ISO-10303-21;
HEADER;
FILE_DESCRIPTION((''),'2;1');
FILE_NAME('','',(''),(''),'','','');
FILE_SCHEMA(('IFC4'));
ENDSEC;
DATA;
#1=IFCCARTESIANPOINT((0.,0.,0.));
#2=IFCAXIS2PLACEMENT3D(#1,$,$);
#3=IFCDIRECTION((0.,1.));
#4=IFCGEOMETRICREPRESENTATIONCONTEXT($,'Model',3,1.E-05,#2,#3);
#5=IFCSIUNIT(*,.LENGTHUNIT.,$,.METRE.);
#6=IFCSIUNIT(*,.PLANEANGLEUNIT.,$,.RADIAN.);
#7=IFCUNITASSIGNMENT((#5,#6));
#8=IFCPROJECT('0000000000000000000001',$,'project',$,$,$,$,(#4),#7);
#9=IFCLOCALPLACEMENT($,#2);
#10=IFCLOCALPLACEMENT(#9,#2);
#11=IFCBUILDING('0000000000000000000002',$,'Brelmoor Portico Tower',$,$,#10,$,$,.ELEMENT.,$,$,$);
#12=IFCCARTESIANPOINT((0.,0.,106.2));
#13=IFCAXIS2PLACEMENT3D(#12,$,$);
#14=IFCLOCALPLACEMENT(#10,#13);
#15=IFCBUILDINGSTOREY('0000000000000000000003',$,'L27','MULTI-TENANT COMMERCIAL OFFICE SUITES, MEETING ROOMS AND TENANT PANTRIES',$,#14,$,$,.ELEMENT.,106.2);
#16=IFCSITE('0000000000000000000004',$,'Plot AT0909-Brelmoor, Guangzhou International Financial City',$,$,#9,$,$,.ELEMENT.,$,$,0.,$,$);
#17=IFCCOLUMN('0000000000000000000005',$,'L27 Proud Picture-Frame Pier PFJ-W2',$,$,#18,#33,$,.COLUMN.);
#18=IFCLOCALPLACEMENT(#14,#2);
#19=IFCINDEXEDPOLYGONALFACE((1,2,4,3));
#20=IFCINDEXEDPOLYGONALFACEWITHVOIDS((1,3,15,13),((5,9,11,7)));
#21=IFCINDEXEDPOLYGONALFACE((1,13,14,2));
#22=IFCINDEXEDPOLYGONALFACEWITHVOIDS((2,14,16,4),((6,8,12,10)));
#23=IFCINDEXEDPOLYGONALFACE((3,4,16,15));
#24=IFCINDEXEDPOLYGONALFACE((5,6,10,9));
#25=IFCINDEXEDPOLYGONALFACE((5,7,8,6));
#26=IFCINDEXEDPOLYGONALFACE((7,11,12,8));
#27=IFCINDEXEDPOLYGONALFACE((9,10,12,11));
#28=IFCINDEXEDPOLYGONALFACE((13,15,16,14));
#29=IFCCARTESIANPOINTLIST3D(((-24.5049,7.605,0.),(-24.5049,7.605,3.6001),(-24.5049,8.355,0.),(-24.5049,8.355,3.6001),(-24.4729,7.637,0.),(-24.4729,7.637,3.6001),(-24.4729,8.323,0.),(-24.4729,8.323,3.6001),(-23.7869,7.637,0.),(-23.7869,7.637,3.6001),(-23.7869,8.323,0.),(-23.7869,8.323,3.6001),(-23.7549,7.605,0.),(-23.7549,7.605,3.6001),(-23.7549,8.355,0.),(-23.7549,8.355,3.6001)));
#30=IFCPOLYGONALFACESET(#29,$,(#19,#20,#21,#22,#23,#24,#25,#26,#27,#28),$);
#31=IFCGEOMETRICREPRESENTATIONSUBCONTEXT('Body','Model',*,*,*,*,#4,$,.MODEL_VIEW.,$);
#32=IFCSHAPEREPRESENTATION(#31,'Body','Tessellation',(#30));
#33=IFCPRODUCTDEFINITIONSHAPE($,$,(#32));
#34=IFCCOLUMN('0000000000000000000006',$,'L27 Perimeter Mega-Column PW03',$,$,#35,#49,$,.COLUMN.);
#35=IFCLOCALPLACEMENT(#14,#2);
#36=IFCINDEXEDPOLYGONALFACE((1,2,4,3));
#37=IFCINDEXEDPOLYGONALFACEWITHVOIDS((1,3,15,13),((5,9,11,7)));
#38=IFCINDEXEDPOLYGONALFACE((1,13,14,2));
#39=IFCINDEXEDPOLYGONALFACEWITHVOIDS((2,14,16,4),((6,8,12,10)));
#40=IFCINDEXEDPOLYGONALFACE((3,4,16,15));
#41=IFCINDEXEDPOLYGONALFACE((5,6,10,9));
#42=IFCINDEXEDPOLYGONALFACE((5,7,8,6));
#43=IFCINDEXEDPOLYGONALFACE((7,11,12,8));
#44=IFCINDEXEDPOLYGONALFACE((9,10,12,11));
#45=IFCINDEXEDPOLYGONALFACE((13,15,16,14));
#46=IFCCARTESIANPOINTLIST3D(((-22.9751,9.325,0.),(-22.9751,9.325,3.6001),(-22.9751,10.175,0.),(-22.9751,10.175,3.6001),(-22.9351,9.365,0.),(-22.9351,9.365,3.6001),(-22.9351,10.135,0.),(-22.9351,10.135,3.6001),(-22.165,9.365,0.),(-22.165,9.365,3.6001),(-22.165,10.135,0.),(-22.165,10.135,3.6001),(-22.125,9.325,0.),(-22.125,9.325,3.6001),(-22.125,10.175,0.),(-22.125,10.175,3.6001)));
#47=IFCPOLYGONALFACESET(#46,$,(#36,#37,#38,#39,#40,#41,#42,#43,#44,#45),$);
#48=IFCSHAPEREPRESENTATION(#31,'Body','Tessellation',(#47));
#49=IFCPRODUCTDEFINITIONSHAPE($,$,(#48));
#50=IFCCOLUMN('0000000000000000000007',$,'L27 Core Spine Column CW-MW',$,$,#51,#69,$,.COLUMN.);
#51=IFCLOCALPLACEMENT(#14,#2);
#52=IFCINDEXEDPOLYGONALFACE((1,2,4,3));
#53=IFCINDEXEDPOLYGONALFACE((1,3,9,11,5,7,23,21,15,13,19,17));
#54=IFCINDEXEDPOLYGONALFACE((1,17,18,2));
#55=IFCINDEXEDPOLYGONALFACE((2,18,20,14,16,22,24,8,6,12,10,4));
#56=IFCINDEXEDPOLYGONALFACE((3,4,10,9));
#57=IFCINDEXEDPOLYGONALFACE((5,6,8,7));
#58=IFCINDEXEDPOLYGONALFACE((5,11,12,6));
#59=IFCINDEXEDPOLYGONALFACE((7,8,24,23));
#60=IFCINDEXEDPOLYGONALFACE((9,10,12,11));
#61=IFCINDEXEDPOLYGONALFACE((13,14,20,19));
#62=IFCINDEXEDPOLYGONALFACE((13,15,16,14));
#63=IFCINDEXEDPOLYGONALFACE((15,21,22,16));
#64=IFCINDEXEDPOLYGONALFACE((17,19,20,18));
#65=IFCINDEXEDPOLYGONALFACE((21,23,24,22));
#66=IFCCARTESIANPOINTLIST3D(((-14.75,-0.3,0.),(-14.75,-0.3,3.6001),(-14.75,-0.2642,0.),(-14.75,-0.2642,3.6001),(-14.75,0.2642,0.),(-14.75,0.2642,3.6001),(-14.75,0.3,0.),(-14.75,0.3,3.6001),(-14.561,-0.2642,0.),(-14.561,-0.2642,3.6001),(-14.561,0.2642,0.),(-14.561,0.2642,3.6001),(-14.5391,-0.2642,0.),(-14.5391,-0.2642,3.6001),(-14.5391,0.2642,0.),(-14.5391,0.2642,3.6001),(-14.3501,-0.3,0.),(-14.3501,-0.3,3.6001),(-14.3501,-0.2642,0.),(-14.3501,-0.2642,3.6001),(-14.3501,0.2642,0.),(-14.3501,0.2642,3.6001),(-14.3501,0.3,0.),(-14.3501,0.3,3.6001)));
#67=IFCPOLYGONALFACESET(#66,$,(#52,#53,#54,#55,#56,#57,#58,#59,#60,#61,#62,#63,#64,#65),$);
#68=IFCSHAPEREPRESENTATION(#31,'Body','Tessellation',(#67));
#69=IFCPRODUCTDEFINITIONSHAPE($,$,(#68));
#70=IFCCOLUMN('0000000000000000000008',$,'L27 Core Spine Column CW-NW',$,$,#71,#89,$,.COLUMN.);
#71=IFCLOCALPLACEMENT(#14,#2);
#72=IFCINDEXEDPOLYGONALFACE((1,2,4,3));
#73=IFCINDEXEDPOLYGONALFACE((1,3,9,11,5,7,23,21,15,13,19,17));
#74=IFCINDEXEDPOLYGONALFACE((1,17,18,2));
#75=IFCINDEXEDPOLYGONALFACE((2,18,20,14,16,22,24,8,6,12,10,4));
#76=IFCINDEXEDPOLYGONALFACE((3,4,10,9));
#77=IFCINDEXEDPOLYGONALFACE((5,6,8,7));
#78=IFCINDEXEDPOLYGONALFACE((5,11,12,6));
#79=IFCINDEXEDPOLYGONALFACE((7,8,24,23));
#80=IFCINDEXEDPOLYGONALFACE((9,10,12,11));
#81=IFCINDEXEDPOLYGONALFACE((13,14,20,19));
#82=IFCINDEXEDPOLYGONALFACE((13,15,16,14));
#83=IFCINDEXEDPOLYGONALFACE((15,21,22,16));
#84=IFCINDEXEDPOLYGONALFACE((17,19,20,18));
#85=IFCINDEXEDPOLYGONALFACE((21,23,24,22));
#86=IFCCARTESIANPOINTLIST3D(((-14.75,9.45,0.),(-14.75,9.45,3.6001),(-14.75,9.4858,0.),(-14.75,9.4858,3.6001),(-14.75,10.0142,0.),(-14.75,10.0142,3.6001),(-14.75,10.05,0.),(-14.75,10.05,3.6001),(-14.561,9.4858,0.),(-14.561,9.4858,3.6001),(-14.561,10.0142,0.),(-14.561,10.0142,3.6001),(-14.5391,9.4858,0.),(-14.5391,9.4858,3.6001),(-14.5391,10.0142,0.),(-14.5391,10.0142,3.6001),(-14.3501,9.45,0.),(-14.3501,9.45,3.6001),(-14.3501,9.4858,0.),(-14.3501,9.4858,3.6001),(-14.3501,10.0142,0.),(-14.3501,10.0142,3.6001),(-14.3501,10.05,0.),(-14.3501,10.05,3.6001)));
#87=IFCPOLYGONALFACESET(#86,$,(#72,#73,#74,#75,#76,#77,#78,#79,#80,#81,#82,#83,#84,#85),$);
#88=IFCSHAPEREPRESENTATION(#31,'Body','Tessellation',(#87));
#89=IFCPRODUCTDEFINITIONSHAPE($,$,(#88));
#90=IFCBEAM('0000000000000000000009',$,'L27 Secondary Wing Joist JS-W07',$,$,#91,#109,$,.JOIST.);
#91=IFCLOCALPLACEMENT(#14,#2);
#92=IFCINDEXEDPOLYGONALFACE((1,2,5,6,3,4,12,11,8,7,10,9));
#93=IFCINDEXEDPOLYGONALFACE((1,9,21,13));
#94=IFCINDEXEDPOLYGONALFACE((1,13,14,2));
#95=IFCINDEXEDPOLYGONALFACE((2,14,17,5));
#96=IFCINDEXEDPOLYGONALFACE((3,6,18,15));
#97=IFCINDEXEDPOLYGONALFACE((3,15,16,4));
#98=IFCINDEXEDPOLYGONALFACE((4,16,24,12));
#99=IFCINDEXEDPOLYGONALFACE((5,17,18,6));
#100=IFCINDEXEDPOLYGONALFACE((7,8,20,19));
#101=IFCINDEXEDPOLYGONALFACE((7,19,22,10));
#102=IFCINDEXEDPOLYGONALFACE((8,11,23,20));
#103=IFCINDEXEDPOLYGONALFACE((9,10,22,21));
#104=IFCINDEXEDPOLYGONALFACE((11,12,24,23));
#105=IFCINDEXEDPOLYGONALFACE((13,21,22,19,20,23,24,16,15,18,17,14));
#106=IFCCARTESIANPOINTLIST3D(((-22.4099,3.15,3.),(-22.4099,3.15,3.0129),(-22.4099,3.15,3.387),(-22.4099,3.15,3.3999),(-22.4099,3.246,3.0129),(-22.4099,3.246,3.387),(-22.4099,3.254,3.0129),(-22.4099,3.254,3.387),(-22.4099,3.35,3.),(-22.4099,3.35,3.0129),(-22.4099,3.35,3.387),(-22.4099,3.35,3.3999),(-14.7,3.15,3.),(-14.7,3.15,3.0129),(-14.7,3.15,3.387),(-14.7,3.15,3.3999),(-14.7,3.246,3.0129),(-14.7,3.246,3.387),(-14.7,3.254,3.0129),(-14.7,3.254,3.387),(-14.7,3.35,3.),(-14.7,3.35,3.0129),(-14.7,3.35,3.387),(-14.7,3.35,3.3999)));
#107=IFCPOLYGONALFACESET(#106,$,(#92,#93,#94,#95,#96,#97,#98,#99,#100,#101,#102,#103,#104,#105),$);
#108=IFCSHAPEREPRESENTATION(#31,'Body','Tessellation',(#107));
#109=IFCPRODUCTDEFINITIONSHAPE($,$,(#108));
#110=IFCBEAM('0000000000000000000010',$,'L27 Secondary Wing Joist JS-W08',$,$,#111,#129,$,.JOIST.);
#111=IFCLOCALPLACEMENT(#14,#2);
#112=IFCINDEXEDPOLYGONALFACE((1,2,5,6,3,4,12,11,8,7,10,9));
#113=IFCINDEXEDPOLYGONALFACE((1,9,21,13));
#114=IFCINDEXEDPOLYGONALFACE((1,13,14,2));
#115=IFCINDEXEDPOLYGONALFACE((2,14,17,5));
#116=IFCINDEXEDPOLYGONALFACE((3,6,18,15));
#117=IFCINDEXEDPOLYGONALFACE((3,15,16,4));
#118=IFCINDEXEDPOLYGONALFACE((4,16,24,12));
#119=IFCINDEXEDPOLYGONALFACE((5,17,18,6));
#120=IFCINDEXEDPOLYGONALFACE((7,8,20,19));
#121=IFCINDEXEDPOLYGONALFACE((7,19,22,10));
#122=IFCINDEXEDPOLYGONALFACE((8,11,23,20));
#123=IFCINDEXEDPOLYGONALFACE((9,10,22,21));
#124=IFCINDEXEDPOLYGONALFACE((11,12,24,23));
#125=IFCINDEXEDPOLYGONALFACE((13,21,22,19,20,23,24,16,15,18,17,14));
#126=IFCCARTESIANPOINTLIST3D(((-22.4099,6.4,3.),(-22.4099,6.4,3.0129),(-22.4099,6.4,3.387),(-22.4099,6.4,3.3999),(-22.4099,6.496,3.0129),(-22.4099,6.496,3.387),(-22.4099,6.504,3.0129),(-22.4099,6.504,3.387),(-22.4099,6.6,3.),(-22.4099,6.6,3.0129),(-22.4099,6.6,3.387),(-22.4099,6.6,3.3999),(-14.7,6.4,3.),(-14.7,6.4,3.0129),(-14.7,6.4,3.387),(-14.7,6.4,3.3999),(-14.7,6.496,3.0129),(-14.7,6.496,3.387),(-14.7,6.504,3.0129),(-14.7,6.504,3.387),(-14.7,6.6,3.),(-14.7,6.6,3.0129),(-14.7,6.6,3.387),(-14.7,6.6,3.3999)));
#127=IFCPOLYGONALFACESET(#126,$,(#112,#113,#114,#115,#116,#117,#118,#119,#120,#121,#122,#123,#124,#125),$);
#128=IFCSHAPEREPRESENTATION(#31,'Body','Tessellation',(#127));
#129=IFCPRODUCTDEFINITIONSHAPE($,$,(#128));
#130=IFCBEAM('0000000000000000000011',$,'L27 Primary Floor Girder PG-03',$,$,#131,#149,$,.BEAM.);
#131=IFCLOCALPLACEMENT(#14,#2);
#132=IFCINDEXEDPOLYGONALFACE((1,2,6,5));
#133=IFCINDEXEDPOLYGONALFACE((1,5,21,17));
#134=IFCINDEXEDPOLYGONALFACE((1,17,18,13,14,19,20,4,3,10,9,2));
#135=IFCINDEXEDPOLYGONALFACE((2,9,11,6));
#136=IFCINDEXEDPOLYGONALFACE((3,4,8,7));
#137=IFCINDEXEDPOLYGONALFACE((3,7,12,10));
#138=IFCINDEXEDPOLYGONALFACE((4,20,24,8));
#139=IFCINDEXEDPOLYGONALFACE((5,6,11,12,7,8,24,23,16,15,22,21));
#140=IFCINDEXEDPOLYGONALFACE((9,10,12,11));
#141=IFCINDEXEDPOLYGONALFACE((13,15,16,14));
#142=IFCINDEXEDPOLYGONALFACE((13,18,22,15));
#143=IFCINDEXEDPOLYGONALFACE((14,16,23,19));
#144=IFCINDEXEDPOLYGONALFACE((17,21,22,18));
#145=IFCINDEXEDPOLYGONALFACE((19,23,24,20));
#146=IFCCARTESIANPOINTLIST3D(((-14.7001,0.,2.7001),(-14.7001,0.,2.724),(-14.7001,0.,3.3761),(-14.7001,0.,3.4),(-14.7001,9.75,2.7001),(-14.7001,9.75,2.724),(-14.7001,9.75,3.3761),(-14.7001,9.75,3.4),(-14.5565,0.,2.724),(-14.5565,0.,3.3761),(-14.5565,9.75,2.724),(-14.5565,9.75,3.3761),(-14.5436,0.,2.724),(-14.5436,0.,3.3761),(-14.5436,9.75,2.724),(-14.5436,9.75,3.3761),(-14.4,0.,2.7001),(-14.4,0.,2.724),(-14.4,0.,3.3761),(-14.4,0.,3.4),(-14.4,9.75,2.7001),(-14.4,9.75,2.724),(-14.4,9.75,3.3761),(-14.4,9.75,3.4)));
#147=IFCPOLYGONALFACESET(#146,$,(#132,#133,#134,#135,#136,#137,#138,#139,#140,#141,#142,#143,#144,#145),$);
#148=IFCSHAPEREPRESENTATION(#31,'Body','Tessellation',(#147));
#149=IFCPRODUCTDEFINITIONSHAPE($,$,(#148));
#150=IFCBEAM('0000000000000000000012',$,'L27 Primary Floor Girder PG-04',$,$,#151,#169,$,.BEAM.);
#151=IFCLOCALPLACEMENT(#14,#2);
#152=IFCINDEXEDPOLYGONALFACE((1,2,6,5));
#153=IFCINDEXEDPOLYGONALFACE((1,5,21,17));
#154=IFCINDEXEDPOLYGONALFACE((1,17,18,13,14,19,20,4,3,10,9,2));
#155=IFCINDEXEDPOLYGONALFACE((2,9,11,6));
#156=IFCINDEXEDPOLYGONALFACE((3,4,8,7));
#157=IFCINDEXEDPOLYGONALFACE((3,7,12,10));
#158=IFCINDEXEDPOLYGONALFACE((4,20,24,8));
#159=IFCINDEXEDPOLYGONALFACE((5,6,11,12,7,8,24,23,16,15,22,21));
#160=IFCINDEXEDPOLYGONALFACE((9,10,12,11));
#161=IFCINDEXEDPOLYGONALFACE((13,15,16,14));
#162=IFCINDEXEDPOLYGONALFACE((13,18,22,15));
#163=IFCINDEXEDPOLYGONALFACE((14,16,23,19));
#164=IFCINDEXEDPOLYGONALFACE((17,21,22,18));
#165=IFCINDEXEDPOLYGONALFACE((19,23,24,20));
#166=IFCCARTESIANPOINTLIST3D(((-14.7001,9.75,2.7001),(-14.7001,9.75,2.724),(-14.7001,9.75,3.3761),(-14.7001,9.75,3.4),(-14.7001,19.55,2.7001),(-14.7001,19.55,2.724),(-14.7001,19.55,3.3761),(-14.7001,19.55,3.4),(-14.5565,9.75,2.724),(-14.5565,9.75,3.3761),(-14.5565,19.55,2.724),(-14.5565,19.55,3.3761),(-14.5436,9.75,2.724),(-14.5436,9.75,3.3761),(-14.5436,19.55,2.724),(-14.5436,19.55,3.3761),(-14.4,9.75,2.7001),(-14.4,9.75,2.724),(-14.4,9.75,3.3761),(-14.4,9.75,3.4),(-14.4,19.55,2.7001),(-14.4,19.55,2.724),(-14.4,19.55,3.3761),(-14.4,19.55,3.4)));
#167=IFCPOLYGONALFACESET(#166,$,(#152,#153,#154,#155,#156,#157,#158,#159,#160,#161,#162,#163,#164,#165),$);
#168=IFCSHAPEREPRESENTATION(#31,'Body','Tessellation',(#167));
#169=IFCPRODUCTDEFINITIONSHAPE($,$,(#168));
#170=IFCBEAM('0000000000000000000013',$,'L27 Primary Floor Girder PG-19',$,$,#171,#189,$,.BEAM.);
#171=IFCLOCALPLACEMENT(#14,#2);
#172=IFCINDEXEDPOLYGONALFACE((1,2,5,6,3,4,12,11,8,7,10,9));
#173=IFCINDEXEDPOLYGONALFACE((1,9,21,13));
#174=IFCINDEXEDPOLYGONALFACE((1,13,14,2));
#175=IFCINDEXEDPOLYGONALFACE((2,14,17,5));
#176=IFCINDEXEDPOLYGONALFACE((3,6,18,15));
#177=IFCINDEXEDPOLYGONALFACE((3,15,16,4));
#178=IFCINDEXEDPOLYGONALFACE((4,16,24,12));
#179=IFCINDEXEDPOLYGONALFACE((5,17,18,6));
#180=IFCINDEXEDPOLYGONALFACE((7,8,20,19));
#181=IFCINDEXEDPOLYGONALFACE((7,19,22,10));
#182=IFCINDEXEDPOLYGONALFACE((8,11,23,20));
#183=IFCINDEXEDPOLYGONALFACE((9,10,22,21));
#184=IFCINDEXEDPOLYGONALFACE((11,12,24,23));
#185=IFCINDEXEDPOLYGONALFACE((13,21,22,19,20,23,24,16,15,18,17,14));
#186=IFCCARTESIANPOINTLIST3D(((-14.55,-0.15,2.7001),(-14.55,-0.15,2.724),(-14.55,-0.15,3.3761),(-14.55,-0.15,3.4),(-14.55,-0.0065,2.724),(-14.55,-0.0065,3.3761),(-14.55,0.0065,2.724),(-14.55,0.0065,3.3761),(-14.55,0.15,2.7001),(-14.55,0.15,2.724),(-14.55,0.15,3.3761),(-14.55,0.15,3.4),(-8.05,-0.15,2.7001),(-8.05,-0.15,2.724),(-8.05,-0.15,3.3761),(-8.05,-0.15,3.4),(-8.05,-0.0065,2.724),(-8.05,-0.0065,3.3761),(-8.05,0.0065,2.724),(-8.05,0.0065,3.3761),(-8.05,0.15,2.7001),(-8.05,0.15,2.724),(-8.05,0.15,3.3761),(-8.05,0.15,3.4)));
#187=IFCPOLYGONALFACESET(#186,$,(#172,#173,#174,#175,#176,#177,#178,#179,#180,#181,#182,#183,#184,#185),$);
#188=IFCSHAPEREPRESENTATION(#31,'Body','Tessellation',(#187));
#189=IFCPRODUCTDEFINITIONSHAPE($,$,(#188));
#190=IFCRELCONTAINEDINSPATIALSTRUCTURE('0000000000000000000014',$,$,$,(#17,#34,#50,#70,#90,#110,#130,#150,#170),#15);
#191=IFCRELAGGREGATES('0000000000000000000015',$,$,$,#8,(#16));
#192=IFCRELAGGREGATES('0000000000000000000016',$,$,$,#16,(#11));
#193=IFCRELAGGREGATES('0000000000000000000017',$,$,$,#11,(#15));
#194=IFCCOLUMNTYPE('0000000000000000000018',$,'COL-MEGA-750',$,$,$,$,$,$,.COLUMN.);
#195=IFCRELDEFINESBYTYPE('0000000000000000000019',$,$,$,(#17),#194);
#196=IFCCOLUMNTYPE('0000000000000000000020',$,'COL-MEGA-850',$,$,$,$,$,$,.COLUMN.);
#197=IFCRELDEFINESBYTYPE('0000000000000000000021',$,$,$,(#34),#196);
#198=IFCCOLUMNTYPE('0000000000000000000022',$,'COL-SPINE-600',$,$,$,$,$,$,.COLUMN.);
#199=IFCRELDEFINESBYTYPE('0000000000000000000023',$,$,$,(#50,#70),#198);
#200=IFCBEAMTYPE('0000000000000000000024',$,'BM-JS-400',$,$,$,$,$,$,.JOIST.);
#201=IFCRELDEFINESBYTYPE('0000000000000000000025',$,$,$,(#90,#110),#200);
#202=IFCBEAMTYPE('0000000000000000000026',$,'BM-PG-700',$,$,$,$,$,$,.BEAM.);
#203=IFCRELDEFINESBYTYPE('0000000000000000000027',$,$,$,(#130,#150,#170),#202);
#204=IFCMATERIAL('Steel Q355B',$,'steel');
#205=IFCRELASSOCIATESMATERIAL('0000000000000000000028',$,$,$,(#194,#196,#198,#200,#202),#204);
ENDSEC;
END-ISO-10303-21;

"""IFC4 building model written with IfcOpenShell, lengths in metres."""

from ifc_helpers import new_model, si_unit, direction, frame, origin, origin_2d, place, context, subcontext, project, spatial, hollow_rectangle, i_section, extrude, material, material_profile, profile_set, type_object, element, save


model = new_model("IFC4")

# Units and contexts
model_context = context("Model", 3, precision=1e-05, world=origin(), true_north=direction((0.0, 1.0)))
body_context = subcontext(model_context, "Body", "Model", "MODEL_VIEW")
ifc_project = project(units=[si_unit("LENGTHUNIT", "METRE"), si_unit("PLANEANGLEUNIT", "RADIAN")], contexts=[model_context])

# Site, building, storey
site_placement = place(None, origin())
site = spatial("IfcSite", under=ifc_project, at=site_placement, Name="Plot AT0909-Brelmoor, Guangzhou International Financial City", CompositionType="ELEMENT", RefElevation=0.0)
building_placement = place(site_placement, origin())
building = spatial("IfcBuilding", under=site, at=building_placement, Name="Brelmoor Portico Tower", CompositionType="ELEMENT")
storey_placement = place(building_placement, frame((0.0, 0.0, 106.2)))
storey = spatial("IfcBuildingStorey", under=building, at=storey_placement, Name="L27", Description="MULTI-TENANT COMMERCIAL OFFICE SUITES, MEETING ROOMS AND TENANT PANTRIES", CompositionType="ELEMENT", Elevation=106.2)

# Columns
ifc_material_1 = material(Name="Steel Q355B", Category="steel")
ifc_material_profile_1 = material_profile(ifc_material_1, hollow_rectangle(XDim=0.75, YDim=0.75, WallThickness=0.032, at=origin_2d()), Name="BOX 750x750x32")
ifc_profile_set_1 = profile_set([ifc_material_profile_1], Name="Steel Q355B")
column_type_1 = type_object("IfcColumnType", Name="COL-MEGA-750", PredefinedType="COLUMN", material=ifc_profile_set_1)
column_1_placement = place(storey_placement, frame((-24.1299, 7.98, 0.0), z_axis=(0.0, 0.0, 1.0), x_axis=(0.0, 1.0, 0.0)))
element("IfcColumn", 1, at=column_1_placement, inside=storey, type_object=column_type_1, Name="L27 Proud Picture-Frame Pier PFJ-W2", PredefinedType="COLUMN", context=body_context, shape_type="SweptSolid", body=[
    extrude(hollow_rectangle(XDim=0.75, YDim=0.75, WallThickness=0.032, at=origin_2d()), origin(), (0.0, 0.0, 1.0), 3.6001),
])
ifc_material_profile_2 = material_profile(ifc_material_1, hollow_rectangle(XDim=0.8501, YDim=0.8501, WallThickness=0.04, at=origin_2d()), Name="BOX 850x850x40")
ifc_profile_set_2 = profile_set([ifc_material_profile_2], Name="Steel Q355B")
column_type_2 = type_object("IfcColumnType", Name="COL-MEGA-850", PredefinedType="COLUMN", material=ifc_profile_set_2)
column_2_placement = place(storey_placement, frame((-22.55, 9.75, 0.0), z_axis=(0.0, 0.0, 1.0), x_axis=(0.0, 1.0, 0.0)))
element("IfcColumn", 2, at=column_2_placement, inside=storey, type_object=column_type_2, Name="L27 Perimeter Mega-Column PW03", PredefinedType="COLUMN", context=body_context, shape_type="SweptSolid", body=[
    extrude(hollow_rectangle(XDim=0.8501, YDim=0.8501, WallThickness=0.04, at=origin_2d()), origin(), (0.0, 0.0, 1.0), 3.6001),
])
ifc_material_profile_3 = material_profile(ifc_material_1, i_section(OverallWidth=0.3999, OverallDepth=0.6001, WebThickness=0.022, FlangeThickness=0.0359, at=origin_2d()), Name="HW 600x400x22x36")
ifc_profile_set_3 = profile_set([ifc_material_profile_3], Name="Steel Q355B")
column_type_3 = type_object("IfcColumnType", Name="COL-SPINE-600", PredefinedType="COLUMN", material=ifc_profile_set_3)
for number, where, z_axis, x_axis, name in (
    (3, (-14.55, 0.0, 0.0), (0.0, 0.0, 1.0), (1.0, 0.0, 0.0), "L27 Core Spine Column CW-MW"),
    (4, (-14.55, 9.75, 0.0), (0.0, 0.0, 1.0), (1.0, 0.0, 0.0), "L27 Core Spine Column CW-NW"),
):
    element("IfcColumn", number, at=place(storey_placement, frame(where, z_axis=z_axis, x_axis=x_axis)), inside=storey, type_object=column_type_3, Name=name, PredefinedType="COLUMN", context=body_context, shape_type="SweptSolid", body=[
        extrude(i_section(OverallWidth=0.3999, OverallDepth=0.6001, WebThickness=0.022, FlangeThickness=0.0359, at=origin_2d()), origin(), (0.0, 0.0, 1.0), 3.6001),
    ])

# Beams
ifc_material_profile_4 = material_profile(ifc_material_1, i_section(OverallWidth=0.2, OverallDepth=0.3999, WebThickness=0.0081, FlangeThickness=0.0129, at=origin_2d()), Name="HN 400x200x8x13")
ifc_profile_set_4 = profile_set([ifc_material_profile_4], Name="Steel Q355B")
beam_type_1 = type_object("IfcBeamType", Name="BM-JS-400", PredefinedType="JOIST", material=ifc_profile_set_4)
for number, where, z_axis, x_axis, name in (
    (5, (-22.4099, 3.25, 3.2), (1.0, 0.0, 0.0), (0.0, 1.0, 0.0), "L27 Secondary Wing Joist JS-W07"),
    (6, (-22.4099, 6.5, 3.2), (1.0, 0.0, 0.0), (0.0, 1.0, 0.0), "L27 Secondary Wing Joist JS-W08"),
):
    element("IfcBeam", number, at=place(storey_placement, frame(where, z_axis=z_axis, x_axis=x_axis)), inside=storey, type_object=beam_type_1, Name=name, PredefinedType="JOIST", context=body_context, shape_type="SweptSolid", body=[
        extrude(i_section(OverallWidth=0.2, OverallDepth=0.3999, WebThickness=0.0081, FlangeThickness=0.0129, at=origin_2d()), origin(), (0.0, 0.0, 1.0), 7.71),
    ])
ifc_material_profile_5 = material_profile(ifc_material_1, i_section(OverallWidth=0.3, OverallDepth=0.7, WebThickness=0.0129, FlangeThickness=0.0239, at=origin_2d()), Name="HN 700x300x13x24")
ifc_profile_set_5 = profile_set([ifc_material_profile_5], Name="Steel Q355B")
beam_type_2 = type_object("IfcBeamType", Name="BM-PG-700", PredefinedType="BEAM", material=ifc_profile_set_5)
beam_1_placement = place(storey_placement, frame((-14.55, 0.0, 3.05), z_axis=(0.0, 1.0, 0.0), x_axis=(-1.0, 0.0, 0.0)))
element("IfcBeam", 7, at=beam_1_placement, inside=storey, type_object=beam_type_2, Name="L27 Primary Floor Girder PG-03", PredefinedType="BEAM", context=body_context, shape_type="SweptSolid", body=[
    extrude(i_section(OverallWidth=0.3, OverallDepth=0.7, WebThickness=0.0129, FlangeThickness=0.0239, at=origin_2d()), origin(), (0.0, 0.0, 1.0), 9.75),
])
beam_2_placement = place(storey_placement, frame((-14.55, 9.75, 3.05), z_axis=(0.0, 1.0, 0.0), x_axis=(-1.0, 0.0, 0.0)))
element("IfcBeam", 8, at=beam_2_placement, inside=storey, type_object=beam_type_2, Name="L27 Primary Floor Girder PG-04", PredefinedType="BEAM", context=body_context, shape_type="SweptSolid", body=[
    extrude(i_section(OverallWidth=0.3, OverallDepth=0.7, WebThickness=0.0129, FlangeThickness=0.0239, at=origin_2d()), origin(), (0.0, 0.0, 1.0), 9.8),
])
beam_3_placement = place(storey_placement, frame((-14.55, 0.0, 3.05), z_axis=(1.0, 0.0, 0.0), x_axis=(0.0, 1.0, 0.0)))
element("IfcBeam", 9, at=beam_3_placement, inside=storey, type_object=beam_type_2, Name="L27 Primary Floor Girder PG-19", PredefinedType="BEAM", context=body_context, shape_type="SweptSolid", body=[
    extrude(i_section(OverallWidth=0.3, OverallDepth=0.7, WebThickness=0.0129, FlangeThickness=0.0239, at=origin_2d()), origin(), (0.0, 0.0, 1.0), 6.5),
])

save(model, "model.ifc")
